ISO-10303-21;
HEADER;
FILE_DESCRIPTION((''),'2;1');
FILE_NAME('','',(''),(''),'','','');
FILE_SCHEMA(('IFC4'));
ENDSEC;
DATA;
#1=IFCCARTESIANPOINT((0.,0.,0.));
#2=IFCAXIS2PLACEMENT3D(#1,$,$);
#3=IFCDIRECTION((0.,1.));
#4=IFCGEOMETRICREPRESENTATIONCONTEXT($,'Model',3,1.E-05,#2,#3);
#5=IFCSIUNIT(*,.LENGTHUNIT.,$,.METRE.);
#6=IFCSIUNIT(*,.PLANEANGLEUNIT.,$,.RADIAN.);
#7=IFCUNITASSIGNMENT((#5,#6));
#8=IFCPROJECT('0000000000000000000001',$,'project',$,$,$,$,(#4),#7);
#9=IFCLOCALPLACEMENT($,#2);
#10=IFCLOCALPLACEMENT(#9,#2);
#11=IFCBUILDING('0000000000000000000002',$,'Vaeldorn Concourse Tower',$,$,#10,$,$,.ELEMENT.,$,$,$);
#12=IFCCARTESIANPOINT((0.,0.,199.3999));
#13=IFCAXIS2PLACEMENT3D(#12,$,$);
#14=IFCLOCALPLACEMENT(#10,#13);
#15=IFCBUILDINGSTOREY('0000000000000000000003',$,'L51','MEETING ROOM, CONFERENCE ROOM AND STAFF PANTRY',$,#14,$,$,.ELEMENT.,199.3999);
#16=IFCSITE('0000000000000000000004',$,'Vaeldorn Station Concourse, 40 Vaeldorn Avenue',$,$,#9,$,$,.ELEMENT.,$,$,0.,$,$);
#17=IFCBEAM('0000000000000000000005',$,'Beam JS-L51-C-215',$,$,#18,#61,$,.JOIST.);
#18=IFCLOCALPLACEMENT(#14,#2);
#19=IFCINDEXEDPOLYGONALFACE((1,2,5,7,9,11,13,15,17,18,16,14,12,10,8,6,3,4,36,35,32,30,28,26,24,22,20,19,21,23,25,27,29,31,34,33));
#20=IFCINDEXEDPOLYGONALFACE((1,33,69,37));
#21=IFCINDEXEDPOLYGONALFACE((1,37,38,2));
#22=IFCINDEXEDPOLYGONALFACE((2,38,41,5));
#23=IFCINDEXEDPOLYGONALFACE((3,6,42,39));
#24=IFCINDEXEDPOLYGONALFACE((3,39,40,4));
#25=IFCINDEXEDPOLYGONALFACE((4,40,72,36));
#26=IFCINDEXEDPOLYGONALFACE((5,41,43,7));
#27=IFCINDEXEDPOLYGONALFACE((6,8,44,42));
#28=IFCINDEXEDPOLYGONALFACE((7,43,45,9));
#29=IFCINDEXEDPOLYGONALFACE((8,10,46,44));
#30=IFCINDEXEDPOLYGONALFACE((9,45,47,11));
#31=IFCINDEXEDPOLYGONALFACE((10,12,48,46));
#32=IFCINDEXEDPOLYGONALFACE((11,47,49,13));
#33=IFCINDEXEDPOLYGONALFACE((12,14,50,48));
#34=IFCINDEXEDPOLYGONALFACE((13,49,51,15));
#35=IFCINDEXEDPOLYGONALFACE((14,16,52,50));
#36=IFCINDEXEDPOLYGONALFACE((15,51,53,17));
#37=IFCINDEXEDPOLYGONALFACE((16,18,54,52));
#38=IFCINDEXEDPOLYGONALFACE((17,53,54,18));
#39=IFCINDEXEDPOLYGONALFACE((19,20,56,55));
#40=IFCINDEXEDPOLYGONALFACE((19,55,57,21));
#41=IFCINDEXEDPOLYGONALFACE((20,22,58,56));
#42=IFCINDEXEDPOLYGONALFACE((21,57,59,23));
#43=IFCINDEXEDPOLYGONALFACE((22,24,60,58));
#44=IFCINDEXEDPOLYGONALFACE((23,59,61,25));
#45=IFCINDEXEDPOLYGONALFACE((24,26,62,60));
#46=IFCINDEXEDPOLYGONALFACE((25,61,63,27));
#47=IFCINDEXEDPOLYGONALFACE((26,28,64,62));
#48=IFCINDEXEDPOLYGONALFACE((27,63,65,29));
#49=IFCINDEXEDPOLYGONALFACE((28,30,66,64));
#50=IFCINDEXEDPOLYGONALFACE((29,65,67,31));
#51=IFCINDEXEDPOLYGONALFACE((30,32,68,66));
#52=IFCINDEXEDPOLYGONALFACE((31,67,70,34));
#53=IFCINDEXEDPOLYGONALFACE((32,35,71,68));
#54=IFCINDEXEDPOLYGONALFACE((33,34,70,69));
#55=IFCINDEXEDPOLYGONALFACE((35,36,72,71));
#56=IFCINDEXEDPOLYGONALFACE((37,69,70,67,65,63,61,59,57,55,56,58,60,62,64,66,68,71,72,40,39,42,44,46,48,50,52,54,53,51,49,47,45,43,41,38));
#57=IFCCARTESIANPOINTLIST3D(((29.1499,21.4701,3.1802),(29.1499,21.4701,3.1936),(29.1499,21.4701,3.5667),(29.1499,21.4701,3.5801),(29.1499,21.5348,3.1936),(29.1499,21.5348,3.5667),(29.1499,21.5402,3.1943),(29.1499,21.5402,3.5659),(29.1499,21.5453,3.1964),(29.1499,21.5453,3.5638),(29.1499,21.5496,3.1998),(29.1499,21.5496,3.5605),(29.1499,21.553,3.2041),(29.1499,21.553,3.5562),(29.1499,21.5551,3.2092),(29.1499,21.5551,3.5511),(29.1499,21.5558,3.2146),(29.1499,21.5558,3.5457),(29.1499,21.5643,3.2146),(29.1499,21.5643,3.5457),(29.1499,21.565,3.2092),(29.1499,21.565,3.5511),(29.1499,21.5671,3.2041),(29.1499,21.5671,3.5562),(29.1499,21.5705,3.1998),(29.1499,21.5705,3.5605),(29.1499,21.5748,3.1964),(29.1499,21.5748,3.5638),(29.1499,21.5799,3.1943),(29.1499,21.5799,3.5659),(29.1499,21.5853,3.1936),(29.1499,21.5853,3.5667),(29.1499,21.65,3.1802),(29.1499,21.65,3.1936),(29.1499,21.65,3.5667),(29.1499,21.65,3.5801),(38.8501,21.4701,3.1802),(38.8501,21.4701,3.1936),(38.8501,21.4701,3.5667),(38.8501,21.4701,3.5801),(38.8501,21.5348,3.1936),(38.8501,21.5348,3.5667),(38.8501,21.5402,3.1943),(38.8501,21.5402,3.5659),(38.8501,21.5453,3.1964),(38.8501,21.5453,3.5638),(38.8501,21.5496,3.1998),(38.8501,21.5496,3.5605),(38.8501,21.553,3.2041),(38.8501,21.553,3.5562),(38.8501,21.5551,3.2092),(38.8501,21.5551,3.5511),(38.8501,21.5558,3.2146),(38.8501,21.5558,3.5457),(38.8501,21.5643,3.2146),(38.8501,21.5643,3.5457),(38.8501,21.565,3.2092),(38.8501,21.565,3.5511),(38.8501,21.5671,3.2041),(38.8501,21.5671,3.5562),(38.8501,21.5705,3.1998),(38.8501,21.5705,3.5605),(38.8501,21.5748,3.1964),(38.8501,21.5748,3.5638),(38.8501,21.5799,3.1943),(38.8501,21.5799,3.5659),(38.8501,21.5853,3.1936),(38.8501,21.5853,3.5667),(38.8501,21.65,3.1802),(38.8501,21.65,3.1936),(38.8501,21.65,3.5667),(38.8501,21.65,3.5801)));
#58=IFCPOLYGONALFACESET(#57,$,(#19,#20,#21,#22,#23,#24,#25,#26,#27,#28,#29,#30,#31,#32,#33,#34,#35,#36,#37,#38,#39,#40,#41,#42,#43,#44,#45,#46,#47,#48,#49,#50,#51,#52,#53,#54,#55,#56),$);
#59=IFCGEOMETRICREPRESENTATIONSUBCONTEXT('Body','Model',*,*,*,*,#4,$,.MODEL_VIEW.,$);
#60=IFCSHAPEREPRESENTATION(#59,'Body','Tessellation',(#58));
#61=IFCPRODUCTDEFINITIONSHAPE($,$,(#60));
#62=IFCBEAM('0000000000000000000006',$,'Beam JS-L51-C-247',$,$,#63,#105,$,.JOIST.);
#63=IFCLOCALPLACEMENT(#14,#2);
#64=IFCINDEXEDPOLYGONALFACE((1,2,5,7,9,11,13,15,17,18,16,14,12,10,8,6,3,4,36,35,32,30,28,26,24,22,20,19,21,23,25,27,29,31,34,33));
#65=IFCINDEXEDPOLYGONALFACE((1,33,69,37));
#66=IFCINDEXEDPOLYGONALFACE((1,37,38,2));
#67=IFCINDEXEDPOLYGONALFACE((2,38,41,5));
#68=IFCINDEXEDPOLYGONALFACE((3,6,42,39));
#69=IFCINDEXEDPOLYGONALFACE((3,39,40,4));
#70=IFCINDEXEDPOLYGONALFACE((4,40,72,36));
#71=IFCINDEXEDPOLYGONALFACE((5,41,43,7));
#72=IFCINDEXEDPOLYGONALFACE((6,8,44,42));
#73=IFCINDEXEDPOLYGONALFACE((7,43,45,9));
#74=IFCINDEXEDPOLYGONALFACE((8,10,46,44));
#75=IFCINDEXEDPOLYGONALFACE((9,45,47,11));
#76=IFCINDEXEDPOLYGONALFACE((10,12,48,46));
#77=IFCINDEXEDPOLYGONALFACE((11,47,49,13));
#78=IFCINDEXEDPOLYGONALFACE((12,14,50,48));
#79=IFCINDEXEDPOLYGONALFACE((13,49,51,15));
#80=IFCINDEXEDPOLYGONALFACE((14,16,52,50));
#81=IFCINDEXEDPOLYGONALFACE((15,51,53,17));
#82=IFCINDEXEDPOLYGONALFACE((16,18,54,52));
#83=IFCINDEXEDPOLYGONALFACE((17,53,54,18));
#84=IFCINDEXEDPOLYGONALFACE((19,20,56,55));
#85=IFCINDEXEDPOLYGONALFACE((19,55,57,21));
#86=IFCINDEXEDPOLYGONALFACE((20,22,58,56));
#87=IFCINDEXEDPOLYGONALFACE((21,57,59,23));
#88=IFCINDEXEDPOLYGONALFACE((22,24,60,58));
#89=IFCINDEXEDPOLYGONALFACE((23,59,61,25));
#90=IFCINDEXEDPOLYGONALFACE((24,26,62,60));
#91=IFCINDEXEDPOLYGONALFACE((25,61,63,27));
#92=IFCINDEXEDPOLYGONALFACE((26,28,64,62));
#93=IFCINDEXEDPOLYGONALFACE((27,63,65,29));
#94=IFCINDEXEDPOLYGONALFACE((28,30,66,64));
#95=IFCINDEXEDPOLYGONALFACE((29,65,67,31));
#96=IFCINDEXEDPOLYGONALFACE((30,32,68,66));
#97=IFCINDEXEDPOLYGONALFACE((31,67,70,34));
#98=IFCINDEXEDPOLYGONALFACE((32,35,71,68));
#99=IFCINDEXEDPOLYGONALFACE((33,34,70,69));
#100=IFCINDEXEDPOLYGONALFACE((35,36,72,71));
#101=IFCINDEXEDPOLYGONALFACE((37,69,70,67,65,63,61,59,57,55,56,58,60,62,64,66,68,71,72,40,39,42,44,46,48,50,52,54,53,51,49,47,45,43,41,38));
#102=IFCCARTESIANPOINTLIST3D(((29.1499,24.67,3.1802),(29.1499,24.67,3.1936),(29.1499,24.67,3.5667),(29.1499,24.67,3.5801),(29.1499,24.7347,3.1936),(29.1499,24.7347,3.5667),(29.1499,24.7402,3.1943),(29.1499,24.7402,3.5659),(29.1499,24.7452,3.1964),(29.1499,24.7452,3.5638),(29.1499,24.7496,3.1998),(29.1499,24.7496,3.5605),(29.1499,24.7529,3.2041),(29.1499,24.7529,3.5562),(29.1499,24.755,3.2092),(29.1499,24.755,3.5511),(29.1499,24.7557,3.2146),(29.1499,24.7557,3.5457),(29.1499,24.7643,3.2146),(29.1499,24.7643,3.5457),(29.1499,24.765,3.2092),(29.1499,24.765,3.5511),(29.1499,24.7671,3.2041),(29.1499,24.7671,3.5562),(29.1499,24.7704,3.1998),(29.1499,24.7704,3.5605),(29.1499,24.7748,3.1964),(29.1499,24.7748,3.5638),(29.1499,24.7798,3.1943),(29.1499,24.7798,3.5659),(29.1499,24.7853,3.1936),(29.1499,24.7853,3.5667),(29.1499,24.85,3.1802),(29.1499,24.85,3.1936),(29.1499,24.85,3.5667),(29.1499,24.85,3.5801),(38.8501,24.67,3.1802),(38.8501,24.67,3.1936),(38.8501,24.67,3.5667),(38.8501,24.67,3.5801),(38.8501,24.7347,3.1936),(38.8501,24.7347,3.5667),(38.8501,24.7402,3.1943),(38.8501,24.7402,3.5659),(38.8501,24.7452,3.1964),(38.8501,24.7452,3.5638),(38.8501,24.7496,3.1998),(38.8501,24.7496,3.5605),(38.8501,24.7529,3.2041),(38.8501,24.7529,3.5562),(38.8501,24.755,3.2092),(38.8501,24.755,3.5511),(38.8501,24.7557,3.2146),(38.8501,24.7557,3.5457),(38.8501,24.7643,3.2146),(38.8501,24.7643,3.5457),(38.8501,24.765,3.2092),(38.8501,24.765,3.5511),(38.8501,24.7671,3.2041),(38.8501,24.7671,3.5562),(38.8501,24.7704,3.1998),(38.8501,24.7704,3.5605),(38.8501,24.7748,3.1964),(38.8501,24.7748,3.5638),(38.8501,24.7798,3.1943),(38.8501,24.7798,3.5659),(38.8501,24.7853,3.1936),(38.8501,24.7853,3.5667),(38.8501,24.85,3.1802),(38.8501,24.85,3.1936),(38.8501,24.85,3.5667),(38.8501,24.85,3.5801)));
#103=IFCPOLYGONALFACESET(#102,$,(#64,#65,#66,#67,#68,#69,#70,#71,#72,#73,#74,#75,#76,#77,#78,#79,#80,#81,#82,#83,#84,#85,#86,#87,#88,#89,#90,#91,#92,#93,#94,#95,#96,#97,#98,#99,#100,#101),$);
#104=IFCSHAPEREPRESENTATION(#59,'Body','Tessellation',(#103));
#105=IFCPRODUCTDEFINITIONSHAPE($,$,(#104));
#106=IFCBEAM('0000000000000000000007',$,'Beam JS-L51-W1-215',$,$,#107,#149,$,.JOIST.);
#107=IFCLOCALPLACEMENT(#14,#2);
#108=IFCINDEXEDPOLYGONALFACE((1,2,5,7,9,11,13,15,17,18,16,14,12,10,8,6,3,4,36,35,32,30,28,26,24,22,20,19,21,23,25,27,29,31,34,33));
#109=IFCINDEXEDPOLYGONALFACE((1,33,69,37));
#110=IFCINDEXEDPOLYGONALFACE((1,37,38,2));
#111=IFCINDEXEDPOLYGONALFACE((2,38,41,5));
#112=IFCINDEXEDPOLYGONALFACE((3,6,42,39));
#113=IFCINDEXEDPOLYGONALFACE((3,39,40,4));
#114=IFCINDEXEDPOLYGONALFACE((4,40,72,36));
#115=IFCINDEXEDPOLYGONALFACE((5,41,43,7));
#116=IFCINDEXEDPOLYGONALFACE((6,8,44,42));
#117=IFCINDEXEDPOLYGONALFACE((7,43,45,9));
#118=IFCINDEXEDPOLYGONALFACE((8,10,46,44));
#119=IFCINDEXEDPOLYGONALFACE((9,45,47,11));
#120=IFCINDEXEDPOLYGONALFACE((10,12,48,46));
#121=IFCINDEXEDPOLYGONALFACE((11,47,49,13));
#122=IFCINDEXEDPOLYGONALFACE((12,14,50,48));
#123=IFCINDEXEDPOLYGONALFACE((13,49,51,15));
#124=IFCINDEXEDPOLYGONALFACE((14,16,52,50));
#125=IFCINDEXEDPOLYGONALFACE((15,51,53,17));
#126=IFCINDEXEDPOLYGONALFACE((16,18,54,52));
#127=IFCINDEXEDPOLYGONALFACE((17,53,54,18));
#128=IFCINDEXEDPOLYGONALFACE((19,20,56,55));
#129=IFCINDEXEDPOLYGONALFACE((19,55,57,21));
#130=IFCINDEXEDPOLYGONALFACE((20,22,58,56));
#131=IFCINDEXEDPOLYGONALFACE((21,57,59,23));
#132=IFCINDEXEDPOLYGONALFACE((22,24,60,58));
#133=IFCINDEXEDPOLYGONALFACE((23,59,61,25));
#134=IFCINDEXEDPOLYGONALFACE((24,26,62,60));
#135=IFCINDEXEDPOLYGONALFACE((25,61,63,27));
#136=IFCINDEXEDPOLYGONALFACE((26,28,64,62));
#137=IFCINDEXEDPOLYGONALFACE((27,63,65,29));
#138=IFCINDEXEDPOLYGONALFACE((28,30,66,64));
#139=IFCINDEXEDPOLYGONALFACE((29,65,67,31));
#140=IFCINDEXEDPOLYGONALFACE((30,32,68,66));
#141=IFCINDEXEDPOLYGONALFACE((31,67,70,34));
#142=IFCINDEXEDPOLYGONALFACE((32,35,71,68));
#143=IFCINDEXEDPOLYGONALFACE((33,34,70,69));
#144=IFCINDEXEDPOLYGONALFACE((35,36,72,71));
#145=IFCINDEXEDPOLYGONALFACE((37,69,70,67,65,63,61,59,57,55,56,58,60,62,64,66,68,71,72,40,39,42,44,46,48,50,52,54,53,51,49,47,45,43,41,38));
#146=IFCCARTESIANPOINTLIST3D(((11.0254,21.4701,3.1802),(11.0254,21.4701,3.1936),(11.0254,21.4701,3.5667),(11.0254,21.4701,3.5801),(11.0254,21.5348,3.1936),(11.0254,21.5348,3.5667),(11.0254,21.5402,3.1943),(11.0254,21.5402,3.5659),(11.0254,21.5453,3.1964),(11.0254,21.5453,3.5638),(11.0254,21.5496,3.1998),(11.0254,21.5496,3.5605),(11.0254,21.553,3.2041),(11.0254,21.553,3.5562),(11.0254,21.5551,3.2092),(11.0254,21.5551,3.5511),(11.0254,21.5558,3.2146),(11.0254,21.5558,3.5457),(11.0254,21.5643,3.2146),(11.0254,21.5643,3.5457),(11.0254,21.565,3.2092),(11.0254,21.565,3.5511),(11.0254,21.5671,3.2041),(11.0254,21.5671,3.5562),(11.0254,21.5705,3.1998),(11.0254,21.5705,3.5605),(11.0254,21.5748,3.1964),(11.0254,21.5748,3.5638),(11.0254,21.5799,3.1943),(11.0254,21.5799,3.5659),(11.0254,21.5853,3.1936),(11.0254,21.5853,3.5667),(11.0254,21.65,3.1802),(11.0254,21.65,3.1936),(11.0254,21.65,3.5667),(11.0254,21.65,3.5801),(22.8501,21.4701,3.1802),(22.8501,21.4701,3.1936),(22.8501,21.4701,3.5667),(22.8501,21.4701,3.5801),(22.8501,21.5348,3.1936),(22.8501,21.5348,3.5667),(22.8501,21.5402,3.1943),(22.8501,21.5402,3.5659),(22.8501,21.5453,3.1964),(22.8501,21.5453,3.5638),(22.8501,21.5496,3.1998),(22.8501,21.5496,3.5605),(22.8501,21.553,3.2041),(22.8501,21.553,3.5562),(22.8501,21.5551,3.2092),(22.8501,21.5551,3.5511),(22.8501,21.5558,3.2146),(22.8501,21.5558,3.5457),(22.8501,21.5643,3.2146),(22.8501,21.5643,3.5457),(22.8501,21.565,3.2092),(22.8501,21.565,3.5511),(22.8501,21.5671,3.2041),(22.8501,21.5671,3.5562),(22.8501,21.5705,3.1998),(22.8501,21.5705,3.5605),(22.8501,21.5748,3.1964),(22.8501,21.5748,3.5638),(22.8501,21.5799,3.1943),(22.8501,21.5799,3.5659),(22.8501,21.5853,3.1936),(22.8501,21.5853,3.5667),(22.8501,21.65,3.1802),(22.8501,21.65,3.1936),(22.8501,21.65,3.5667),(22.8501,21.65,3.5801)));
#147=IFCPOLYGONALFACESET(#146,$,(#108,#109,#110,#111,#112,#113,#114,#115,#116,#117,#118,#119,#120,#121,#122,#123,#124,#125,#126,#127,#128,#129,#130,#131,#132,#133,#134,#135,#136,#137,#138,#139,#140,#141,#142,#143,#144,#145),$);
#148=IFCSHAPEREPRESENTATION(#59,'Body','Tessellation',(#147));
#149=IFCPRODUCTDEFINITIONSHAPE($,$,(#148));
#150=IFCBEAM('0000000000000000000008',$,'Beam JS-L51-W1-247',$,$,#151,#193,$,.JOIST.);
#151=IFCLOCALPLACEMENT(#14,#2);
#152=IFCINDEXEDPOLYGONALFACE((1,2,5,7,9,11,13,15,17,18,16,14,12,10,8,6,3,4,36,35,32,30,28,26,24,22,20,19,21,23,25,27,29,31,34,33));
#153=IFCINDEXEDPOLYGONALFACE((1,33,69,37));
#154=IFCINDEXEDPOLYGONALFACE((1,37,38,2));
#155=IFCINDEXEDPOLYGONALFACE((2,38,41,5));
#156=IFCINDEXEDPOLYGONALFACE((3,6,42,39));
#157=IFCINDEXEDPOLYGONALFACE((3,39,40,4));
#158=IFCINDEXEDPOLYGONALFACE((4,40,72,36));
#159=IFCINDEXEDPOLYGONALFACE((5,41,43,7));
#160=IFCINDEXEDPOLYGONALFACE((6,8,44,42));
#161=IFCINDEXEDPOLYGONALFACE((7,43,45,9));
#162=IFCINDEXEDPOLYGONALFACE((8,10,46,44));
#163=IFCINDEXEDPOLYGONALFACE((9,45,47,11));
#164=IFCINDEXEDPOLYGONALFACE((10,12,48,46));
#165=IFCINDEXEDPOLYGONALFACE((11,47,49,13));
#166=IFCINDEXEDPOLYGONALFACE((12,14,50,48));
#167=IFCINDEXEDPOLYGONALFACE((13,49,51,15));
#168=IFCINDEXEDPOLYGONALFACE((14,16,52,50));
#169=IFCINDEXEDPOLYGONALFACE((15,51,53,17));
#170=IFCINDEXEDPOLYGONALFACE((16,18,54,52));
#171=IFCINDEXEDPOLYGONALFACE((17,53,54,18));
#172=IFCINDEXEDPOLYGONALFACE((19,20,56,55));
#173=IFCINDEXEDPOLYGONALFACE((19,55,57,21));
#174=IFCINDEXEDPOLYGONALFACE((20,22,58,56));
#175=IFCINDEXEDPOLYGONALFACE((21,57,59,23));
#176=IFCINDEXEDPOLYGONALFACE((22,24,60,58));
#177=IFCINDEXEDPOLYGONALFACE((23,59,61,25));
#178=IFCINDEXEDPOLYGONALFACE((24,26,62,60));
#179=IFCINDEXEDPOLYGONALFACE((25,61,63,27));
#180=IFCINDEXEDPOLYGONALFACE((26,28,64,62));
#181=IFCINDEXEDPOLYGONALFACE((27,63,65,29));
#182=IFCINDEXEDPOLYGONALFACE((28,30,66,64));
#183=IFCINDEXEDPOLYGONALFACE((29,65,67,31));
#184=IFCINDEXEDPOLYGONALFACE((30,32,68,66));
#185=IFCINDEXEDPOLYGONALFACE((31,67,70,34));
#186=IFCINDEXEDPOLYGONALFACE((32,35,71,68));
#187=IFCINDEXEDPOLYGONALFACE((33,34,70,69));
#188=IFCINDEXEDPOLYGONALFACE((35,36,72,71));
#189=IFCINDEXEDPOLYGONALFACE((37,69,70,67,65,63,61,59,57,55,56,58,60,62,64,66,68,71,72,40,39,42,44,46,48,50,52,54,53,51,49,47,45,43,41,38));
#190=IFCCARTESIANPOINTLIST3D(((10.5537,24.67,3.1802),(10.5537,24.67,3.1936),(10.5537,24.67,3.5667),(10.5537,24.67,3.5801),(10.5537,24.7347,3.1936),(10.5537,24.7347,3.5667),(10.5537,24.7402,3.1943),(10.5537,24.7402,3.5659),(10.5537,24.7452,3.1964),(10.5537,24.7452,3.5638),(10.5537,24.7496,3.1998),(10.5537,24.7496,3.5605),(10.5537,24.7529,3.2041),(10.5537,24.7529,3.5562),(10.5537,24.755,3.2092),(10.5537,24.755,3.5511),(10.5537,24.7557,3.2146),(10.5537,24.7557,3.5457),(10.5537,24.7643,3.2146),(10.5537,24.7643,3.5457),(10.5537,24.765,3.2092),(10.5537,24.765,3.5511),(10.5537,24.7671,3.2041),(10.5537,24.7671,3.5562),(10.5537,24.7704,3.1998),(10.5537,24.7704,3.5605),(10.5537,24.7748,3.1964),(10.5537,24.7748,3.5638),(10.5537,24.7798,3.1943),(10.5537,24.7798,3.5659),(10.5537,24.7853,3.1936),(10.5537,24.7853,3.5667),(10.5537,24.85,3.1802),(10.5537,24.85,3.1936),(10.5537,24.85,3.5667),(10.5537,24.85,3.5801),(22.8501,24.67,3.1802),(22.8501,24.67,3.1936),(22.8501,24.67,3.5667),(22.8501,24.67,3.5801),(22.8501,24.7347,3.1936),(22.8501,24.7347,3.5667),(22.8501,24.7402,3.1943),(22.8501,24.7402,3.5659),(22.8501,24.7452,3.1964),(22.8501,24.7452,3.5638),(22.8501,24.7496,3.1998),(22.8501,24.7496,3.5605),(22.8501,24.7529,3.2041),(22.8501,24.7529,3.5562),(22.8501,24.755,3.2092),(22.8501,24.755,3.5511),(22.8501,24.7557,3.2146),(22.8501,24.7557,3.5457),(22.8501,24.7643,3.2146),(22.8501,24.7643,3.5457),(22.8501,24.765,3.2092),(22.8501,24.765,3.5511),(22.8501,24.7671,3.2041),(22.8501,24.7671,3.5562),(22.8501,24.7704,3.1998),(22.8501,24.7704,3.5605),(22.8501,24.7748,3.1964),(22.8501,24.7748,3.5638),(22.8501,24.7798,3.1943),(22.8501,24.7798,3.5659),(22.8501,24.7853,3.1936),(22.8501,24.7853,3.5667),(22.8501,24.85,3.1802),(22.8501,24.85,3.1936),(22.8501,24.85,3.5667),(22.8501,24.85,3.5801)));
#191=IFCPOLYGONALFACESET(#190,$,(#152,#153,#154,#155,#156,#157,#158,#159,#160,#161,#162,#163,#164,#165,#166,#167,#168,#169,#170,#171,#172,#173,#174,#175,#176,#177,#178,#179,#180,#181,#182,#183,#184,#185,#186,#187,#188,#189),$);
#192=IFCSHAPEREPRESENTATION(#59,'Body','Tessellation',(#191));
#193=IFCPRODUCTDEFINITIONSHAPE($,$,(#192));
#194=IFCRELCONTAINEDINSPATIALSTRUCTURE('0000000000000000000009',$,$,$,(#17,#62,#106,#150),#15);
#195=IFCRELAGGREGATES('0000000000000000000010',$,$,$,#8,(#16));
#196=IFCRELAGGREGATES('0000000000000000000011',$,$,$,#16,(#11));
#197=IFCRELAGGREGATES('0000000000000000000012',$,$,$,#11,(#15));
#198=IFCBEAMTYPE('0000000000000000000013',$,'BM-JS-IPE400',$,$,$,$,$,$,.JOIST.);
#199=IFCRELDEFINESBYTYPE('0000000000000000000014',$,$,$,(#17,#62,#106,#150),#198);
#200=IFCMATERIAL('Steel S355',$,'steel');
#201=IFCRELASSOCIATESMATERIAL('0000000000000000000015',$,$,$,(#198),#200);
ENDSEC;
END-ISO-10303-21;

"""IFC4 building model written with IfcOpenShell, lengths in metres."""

from ifc_helpers import new_model, si_unit, direction, frame, origin, origin_2d, place, context, subcontext, project, spatial, i_section, extrude, source, transform, mapped, material, material_profile, profile_set, type_object, element, save


model = new_model("IFC4")

# Units and contexts
model_context = context("Model", 3, precision=1e-05, world=origin(), true_north=direction((0.0, 1.0)))
body_context = subcontext(model_context, "Body", "Model", "MODEL_VIEW")
ifc_project = project(units=[si_unit("LENGTHUNIT", "METRE"), si_unit("PLANEANGLEUNIT", "RADIAN")], contexts=[model_context])

# Site, building, storey
site_placement = place(None, origin())
site = spatial("IfcSite", under=ifc_project, at=site_placement, Name="Vaeldorn Station Concourse, 40 Vaeldorn Avenue", CompositionType="ELEMENT", RefElevation=0.0)
building_placement = place(site_placement, origin())
building = spatial("IfcBuilding", under=site, at=building_placement, Name="Vaeldorn Concourse Tower", CompositionType="ELEMENT")
storey_placement = place(building_placement, frame((0.0, 0.0, 199.3999)))
storey = spatial("IfcBuildingStorey", under=building, at=storey_placement, Name="L51", Description="MEETING ROOM, CONFERENCE ROOM AND STAFF PANTRY", CompositionType="ELEMENT", Elevation=199.3999)

# Shared definitions
ifc_material_1 = material(Name="Steel S355", Category="steel")

# Beams
ifc_material_profile_1 = material_profile(ifc_material_1, i_section(OverallWidth=0.1799, OverallDepth=0.3999, WebThickness=0.0085, FlangeThickness=0.0134, FilletRadius=0.021, at=origin_2d()), Name="IPE 400")
ifc_profile_set_1 = profile_set([ifc_material_profile_1], Name="Steel S355")
beam_type_1 = type_object("IfcBeamType", Name="BM-JS-IPE400", PredefinedType="JOIST", material=ifc_profile_set_1)
shared_shape_1 = source(origin(), body_context, "Body", "SweptSolid", [
    extrude(i_section(OverallWidth=0.1799, OverallDepth=0.3999, WebThickness=0.0085, FlangeThickness=0.0134, FilletRadius=0.021, at=origin_2d()), origin(), (0.0, 0.0, 1.0), 9.7002),
])
for number, where, z_axis, x_axis, name in (
    (1, (29.1499, 21.5601, 3.3801), (1.0, 0.0, 0.0), (0.0, 1.0, 0.0), "Beam JS-L51-C-215"),
    (2, (29.1499, 24.76, 3.3801), (1.0, 0.0, 0.0), (0.0, 1.0, 0.0), "Beam JS-L51-C-247"),
):
    element("IfcBeam", number, at=place(storey_placement, frame(where, z_axis=z_axis, x_axis=x_axis)), inside=storey, type_object=beam_type_1, Name=name, PredefinedType="JOIST", context=body_context, shape_type="MappedRepresentation", body=[
        mapped(shared_shape_1, transform((0.0, 0.0, 0.0), scale=1.0)),
    ])
shared_shape_2 = source(origin(), body_context, "Body", "SweptSolid", [
    extrude(i_section(OverallWidth=0.1799, OverallDepth=0.3999, WebThickness=0.0085, FlangeThickness=0.0134, FilletRadius=0.021, at=origin_2d()), origin(), (0.0, 0.0, 1.0), 11.8247),
])
beam_1_placement = place(storey_placement, frame((11.0254, 21.5601, 3.3801), z_axis=(1.0, 0.0, 0.0), x_axis=(0.0, 1.0, 0.0)))
element("IfcBeam", 3, at=beam_1_placement, inside=storey, type_object=beam_type_1, Name="Beam JS-L51-W1-215", PredefinedType="JOIST", context=body_context, shape_type="MappedRepresentation", body=[
    mapped(shared_shape_2, transform((0.0, 0.0, 0.0), scale=1.0)),
])
shared_shape_3 = source(origin(), body_context, "Body", "SweptSolid", [
    extrude(i_section(OverallWidth=0.1799, OverallDepth=0.3999, WebThickness=0.0085, FlangeThickness=0.0134, FilletRadius=0.021, at=origin_2d()), origin(), (0.0, 0.0, 1.0), 12.2964),
])
beam_2_placement = place(storey_placement, frame((10.5537, 24.76, 3.3801), z_axis=(1.0, 0.0, 0.0), x_axis=(0.0, 1.0, 0.0)))
element("IfcBeam", 4, at=beam_2_placement, inside=storey, type_object=beam_type_1, Name="Beam JS-L51-W1-247", PredefinedType="JOIST", context=body_context, shape_type="MappedRepresentation", body=[
    mapped(shared_shape_3, transform((0.0, 0.0, 0.0), scale=1.0)),
])

save(model, "model.ifc")
